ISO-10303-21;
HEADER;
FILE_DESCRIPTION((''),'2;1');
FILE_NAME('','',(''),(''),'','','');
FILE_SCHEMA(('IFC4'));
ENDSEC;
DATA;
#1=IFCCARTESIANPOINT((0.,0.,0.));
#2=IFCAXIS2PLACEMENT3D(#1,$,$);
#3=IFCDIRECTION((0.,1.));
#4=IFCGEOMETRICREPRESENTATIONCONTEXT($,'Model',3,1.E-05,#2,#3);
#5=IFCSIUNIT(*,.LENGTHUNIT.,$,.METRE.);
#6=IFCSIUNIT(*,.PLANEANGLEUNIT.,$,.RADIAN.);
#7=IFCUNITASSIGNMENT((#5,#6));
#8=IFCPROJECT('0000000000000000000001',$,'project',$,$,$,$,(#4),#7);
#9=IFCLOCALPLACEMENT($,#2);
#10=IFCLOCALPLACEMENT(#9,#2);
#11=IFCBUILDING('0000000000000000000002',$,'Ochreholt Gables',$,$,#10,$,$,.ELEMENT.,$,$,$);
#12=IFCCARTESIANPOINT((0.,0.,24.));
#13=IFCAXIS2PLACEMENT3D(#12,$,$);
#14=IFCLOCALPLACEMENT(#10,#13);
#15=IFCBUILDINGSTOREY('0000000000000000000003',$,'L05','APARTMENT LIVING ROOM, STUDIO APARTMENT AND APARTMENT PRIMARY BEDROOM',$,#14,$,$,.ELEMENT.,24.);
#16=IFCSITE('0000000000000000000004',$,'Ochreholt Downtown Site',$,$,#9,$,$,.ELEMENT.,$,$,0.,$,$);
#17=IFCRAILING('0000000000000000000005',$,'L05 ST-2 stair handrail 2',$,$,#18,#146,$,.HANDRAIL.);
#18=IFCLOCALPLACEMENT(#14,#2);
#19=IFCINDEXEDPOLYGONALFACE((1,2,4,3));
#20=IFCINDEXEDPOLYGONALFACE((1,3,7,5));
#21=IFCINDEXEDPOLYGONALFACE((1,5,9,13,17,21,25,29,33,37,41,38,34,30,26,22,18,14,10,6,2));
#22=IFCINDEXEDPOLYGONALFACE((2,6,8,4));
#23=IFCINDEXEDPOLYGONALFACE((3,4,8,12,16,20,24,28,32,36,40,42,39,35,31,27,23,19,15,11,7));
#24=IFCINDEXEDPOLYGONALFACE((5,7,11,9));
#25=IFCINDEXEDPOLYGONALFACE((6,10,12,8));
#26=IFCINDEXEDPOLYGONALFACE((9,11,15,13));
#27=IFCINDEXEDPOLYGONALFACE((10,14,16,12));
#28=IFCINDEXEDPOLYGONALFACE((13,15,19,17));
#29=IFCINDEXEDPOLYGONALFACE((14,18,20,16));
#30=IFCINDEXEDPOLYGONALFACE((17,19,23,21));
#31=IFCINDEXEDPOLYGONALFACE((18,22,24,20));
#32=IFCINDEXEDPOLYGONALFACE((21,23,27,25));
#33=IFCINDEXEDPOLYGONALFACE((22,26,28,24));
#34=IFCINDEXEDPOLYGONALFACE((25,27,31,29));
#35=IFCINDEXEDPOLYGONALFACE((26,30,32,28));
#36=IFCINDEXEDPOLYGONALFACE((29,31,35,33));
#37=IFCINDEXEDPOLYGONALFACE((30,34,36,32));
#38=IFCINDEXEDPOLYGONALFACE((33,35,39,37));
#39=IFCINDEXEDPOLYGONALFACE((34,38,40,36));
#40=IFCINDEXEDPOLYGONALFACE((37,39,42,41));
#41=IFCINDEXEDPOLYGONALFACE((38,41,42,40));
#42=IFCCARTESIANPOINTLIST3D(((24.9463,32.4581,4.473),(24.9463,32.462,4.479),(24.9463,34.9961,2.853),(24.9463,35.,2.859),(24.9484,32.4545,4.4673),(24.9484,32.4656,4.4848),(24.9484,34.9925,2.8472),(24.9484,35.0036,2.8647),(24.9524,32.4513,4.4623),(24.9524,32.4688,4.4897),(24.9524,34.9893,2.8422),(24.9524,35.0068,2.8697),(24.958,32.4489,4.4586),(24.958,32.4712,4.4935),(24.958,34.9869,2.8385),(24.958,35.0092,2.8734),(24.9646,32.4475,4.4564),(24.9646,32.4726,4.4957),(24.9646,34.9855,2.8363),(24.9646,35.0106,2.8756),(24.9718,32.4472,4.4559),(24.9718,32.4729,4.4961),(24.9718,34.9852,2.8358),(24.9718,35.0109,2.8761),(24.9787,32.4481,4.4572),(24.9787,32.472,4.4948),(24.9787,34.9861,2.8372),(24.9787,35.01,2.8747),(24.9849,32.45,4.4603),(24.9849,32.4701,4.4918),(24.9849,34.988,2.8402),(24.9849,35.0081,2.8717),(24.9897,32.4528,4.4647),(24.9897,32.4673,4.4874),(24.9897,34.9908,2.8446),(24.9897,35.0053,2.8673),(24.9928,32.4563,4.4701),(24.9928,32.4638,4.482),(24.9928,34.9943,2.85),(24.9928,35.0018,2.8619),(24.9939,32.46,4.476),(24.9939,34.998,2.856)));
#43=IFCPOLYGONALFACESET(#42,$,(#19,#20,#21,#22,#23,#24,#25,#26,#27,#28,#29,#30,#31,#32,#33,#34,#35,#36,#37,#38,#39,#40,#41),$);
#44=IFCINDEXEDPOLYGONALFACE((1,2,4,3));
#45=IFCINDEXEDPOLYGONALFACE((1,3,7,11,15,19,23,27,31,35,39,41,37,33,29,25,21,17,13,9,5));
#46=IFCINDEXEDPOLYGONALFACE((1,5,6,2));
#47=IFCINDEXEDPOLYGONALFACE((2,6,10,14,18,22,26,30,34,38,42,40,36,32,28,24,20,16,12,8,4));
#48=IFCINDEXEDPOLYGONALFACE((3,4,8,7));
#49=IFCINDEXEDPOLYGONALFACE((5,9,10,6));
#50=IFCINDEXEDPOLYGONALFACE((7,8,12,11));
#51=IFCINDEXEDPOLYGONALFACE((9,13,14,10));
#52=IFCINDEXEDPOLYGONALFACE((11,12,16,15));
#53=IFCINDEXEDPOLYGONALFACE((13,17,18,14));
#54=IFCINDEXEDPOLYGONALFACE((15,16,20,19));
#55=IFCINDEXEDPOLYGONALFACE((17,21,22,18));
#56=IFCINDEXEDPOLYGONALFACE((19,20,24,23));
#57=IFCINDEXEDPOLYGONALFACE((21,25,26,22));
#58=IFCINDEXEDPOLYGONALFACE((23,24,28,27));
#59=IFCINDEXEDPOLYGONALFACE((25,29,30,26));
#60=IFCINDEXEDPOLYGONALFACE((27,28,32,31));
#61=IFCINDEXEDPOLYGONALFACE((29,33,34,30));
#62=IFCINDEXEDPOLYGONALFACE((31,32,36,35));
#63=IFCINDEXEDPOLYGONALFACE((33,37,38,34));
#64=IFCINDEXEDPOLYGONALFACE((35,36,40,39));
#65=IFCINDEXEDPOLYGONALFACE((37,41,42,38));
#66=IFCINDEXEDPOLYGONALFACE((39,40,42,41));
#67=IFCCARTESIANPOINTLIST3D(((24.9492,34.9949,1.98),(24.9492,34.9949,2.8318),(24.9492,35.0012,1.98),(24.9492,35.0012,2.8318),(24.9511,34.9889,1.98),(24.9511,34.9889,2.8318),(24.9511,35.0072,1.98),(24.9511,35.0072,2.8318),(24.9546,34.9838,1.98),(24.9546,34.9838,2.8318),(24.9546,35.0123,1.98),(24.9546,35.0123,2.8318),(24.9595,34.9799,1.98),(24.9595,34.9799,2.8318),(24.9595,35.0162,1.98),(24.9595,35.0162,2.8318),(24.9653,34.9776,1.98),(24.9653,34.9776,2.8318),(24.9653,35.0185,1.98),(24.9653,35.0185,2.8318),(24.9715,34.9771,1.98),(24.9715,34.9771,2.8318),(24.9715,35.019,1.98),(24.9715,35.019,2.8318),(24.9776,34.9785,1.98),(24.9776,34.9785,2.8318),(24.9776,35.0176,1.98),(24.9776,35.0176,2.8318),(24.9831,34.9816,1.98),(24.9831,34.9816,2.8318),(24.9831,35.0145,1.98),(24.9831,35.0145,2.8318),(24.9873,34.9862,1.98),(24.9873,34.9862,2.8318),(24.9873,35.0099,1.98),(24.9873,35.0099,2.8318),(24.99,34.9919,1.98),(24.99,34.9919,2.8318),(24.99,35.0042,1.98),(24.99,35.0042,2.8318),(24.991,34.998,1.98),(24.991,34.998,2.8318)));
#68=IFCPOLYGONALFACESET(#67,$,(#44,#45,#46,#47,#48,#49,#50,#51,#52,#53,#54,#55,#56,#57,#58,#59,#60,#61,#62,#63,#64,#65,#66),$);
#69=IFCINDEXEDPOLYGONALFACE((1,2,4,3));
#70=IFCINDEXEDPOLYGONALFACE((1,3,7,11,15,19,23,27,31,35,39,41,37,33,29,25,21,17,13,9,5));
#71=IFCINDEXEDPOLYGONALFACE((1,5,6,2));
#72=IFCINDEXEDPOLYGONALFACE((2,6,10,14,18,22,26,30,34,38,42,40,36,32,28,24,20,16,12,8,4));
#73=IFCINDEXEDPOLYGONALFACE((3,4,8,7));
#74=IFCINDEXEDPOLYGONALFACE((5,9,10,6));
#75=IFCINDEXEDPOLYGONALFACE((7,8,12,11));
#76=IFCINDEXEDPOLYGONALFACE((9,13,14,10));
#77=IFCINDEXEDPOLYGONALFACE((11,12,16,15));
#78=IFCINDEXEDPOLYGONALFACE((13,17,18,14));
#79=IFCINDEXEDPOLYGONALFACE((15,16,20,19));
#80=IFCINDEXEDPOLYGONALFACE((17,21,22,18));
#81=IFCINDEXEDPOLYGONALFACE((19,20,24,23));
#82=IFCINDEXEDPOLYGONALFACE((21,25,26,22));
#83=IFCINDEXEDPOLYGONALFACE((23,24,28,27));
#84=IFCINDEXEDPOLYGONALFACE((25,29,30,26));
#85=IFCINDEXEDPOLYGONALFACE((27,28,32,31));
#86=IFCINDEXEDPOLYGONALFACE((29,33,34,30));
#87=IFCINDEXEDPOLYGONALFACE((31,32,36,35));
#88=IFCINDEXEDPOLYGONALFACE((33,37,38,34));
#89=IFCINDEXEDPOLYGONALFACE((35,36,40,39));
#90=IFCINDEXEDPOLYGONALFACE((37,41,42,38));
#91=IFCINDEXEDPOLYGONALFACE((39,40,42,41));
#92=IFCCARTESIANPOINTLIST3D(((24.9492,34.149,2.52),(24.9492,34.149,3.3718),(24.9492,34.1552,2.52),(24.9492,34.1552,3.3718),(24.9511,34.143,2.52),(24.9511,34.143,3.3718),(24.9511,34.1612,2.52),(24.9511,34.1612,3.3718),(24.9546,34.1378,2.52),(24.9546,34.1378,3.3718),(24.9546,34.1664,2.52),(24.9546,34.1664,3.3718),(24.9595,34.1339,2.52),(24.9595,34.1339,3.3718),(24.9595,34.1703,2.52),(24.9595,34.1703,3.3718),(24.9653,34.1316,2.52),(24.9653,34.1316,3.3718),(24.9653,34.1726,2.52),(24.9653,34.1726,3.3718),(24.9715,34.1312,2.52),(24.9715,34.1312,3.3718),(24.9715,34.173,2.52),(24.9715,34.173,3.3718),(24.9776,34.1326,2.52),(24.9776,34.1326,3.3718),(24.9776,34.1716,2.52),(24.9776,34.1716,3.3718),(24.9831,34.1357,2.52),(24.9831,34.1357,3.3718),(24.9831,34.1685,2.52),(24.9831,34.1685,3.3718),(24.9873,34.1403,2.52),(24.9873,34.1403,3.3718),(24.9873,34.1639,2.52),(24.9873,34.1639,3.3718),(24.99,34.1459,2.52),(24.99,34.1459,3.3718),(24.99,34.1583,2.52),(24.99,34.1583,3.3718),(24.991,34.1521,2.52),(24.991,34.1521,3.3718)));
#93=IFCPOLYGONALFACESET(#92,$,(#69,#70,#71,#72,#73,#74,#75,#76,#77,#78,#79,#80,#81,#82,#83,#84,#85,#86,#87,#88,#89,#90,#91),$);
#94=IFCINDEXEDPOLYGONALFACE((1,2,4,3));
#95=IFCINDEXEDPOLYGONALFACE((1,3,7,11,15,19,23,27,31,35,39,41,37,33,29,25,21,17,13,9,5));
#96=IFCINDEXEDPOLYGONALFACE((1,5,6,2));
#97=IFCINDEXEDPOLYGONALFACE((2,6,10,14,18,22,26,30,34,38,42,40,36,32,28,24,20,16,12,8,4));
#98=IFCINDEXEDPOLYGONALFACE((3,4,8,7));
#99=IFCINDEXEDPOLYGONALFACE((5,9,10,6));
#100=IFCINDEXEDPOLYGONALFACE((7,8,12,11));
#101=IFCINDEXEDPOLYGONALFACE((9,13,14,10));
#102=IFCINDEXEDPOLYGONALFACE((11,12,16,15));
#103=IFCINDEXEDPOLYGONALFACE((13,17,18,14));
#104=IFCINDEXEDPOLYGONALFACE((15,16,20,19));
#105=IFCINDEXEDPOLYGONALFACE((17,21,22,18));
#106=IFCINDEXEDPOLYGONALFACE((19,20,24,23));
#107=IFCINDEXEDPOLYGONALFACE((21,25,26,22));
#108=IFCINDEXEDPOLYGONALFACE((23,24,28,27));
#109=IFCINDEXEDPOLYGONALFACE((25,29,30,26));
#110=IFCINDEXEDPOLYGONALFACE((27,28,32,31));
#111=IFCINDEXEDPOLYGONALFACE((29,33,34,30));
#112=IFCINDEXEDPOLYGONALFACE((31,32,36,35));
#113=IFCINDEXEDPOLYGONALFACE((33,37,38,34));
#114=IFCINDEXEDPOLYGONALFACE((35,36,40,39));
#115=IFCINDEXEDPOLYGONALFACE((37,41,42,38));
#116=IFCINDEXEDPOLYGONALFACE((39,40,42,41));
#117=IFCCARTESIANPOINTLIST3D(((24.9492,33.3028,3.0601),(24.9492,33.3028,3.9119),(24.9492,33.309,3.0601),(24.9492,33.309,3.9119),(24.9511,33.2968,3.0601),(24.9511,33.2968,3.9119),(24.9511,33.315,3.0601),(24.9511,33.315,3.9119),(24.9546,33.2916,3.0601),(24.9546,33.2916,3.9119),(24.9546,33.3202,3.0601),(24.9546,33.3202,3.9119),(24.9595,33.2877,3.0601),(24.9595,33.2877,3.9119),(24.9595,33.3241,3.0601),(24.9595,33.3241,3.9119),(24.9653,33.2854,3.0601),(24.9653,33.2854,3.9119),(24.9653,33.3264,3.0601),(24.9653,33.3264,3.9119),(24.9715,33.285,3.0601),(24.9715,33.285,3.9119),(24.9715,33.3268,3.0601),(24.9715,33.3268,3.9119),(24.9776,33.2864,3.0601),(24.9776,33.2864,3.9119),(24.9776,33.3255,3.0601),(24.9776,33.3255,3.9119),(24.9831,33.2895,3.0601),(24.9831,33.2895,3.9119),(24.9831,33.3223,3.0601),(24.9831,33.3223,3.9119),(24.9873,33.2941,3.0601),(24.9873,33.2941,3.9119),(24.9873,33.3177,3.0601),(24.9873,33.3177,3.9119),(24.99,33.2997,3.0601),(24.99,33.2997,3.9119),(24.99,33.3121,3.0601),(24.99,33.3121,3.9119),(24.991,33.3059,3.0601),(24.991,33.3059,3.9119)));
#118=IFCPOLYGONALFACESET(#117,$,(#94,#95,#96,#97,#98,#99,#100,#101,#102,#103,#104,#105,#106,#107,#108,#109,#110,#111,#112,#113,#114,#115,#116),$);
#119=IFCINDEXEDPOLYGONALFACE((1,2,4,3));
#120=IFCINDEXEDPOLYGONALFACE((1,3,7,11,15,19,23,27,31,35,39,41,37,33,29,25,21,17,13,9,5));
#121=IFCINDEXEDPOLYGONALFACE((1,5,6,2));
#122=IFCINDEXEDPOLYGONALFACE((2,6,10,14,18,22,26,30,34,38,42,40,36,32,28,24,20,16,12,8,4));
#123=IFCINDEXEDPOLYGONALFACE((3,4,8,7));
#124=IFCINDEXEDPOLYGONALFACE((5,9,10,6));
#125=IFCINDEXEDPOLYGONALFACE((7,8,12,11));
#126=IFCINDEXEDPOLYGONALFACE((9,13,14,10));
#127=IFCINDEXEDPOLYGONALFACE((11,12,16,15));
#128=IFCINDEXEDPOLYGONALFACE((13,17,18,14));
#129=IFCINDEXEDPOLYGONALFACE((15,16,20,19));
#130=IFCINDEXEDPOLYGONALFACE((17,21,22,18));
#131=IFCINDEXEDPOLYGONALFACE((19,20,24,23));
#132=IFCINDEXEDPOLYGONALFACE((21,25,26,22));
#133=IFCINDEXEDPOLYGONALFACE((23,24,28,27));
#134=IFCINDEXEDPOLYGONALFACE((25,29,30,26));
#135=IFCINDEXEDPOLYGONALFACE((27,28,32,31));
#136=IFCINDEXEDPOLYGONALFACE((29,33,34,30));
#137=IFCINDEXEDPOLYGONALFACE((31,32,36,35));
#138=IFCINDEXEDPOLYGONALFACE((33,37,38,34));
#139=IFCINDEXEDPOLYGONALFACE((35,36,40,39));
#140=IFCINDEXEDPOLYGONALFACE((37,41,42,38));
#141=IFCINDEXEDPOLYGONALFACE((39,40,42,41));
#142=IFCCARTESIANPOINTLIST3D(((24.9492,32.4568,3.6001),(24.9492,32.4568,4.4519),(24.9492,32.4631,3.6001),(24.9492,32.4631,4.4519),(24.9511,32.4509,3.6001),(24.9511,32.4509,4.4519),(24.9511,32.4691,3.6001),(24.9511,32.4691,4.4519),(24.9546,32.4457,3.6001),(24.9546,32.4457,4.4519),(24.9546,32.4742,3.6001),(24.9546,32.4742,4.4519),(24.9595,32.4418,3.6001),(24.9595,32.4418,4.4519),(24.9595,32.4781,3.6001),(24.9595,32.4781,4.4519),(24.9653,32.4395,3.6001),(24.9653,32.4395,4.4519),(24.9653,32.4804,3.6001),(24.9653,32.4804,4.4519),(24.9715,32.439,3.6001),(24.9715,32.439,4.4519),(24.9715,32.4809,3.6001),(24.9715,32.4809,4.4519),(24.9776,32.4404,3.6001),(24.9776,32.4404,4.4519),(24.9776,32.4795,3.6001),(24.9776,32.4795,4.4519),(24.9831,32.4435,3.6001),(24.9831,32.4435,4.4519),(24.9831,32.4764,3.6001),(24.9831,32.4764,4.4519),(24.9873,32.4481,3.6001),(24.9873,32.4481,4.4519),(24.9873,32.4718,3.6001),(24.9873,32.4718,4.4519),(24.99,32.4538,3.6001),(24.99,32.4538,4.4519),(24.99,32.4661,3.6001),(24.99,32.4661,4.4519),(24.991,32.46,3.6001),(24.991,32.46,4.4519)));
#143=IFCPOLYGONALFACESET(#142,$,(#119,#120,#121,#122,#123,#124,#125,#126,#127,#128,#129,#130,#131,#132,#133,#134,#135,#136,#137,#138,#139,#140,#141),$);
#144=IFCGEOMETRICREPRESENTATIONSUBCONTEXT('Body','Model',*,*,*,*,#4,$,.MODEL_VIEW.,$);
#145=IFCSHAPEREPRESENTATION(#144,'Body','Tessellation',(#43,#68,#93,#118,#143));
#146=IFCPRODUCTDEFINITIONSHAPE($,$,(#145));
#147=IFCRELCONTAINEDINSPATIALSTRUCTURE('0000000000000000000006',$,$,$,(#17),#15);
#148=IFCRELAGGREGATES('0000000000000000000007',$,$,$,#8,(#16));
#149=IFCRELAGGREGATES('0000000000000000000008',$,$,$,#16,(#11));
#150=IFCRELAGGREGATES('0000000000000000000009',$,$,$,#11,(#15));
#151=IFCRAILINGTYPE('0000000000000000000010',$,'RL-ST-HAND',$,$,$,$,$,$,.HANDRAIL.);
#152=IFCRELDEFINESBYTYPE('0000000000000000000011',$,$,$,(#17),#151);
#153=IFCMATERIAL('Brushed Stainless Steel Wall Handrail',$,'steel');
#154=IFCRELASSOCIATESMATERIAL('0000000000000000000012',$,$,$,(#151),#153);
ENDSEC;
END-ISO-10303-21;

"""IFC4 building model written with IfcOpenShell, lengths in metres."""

from ifc_helpers import new_model, si_unit, direction, frame, origin, origin_2d, place, context, subcontext, project, spatial, circle, extrude, material, type_object, element, save


model = new_model("IFC4")

# Units and contexts
model_context = context("Model", 3, precision=1e-05, world=origin(), true_north=direction((0.0, 1.0)))
body_context = subcontext(model_context, "Body", "Model", "MODEL_VIEW")
ifc_project = project(units=[si_unit("LENGTHUNIT", "METRE"), si_unit("PLANEANGLEUNIT", "RADIAN")], contexts=[model_context])

# Site, building, storey
site_placement = place(None, origin())
site = spatial("IfcSite", under=ifc_project, at=site_placement, Name="Ochreholt Downtown Site", CompositionType="ELEMENT", RefElevation=0.0)
building_placement = place(site_placement, origin())
building = spatial("IfcBuilding", under=site, at=building_placement, Name="Ochreholt Gables", CompositionType="ELEMENT")
storey_placement = place(building_placement, frame((0.0, 0.0, 24.0)))
storey = spatial("IfcBuildingStorey", under=building, at=storey_placement, Name="L05", Description="APARTMENT LIVING ROOM, STUDIO APARTMENT AND APARTMENT PRIMARY BEDROOM", CompositionType="ELEMENT", Elevation=24.0)

# Railing
ifc_material_1 = material(Name="Brushed Stainless Steel Wall Handrail", Category="steel")
railing_type_1 = type_object("IfcRailingType", Name="RL-ST-HAND", PredefinedType="HANDRAIL", material=ifc_material_1)
railing_1_placement = place(storey_placement, frame((24.97, 34.998, 1.98)))
element("IfcRailing", 1, at=railing_1_placement, inside=storey, type_object=railing_type_1, Name="L05 ST-2 stair handrail 2", PredefinedType="HANDRAIL", context=body_context, shape_type="SweptSolid", body=[
    extrude(circle(Radius=0.0239, at=origin_2d()), frame((0.0, 0.0, 0.876), z_axis=(0.0, -0.842913, 0.53805), x_axis=(1.0, 0.0, 0.0)), (0.0, 0.0, 1.0), 3.011),
    extrude(circle(Radius=0.021, at=origin_2d()), origin(), (0.0, 0.0, 1.0), 0.8518),
    extrude(circle(Radius=0.021, at=origin_2d()), frame((0.0, -0.8459, 0.54)), (0.0, 0.0, 1.0), 0.8518),
    extrude(circle(Radius=0.021, at=origin_2d()), frame((0.0, -1.6921, 1.0801)), (0.0, 0.0, 1.0), 0.8518),
    extrude(circle(Radius=0.021, at=origin_2d()), frame((0.0, -2.5381, 1.6201)), (0.0, 0.0, 1.0), 0.8518),
])

save(model, "model.ifc")
